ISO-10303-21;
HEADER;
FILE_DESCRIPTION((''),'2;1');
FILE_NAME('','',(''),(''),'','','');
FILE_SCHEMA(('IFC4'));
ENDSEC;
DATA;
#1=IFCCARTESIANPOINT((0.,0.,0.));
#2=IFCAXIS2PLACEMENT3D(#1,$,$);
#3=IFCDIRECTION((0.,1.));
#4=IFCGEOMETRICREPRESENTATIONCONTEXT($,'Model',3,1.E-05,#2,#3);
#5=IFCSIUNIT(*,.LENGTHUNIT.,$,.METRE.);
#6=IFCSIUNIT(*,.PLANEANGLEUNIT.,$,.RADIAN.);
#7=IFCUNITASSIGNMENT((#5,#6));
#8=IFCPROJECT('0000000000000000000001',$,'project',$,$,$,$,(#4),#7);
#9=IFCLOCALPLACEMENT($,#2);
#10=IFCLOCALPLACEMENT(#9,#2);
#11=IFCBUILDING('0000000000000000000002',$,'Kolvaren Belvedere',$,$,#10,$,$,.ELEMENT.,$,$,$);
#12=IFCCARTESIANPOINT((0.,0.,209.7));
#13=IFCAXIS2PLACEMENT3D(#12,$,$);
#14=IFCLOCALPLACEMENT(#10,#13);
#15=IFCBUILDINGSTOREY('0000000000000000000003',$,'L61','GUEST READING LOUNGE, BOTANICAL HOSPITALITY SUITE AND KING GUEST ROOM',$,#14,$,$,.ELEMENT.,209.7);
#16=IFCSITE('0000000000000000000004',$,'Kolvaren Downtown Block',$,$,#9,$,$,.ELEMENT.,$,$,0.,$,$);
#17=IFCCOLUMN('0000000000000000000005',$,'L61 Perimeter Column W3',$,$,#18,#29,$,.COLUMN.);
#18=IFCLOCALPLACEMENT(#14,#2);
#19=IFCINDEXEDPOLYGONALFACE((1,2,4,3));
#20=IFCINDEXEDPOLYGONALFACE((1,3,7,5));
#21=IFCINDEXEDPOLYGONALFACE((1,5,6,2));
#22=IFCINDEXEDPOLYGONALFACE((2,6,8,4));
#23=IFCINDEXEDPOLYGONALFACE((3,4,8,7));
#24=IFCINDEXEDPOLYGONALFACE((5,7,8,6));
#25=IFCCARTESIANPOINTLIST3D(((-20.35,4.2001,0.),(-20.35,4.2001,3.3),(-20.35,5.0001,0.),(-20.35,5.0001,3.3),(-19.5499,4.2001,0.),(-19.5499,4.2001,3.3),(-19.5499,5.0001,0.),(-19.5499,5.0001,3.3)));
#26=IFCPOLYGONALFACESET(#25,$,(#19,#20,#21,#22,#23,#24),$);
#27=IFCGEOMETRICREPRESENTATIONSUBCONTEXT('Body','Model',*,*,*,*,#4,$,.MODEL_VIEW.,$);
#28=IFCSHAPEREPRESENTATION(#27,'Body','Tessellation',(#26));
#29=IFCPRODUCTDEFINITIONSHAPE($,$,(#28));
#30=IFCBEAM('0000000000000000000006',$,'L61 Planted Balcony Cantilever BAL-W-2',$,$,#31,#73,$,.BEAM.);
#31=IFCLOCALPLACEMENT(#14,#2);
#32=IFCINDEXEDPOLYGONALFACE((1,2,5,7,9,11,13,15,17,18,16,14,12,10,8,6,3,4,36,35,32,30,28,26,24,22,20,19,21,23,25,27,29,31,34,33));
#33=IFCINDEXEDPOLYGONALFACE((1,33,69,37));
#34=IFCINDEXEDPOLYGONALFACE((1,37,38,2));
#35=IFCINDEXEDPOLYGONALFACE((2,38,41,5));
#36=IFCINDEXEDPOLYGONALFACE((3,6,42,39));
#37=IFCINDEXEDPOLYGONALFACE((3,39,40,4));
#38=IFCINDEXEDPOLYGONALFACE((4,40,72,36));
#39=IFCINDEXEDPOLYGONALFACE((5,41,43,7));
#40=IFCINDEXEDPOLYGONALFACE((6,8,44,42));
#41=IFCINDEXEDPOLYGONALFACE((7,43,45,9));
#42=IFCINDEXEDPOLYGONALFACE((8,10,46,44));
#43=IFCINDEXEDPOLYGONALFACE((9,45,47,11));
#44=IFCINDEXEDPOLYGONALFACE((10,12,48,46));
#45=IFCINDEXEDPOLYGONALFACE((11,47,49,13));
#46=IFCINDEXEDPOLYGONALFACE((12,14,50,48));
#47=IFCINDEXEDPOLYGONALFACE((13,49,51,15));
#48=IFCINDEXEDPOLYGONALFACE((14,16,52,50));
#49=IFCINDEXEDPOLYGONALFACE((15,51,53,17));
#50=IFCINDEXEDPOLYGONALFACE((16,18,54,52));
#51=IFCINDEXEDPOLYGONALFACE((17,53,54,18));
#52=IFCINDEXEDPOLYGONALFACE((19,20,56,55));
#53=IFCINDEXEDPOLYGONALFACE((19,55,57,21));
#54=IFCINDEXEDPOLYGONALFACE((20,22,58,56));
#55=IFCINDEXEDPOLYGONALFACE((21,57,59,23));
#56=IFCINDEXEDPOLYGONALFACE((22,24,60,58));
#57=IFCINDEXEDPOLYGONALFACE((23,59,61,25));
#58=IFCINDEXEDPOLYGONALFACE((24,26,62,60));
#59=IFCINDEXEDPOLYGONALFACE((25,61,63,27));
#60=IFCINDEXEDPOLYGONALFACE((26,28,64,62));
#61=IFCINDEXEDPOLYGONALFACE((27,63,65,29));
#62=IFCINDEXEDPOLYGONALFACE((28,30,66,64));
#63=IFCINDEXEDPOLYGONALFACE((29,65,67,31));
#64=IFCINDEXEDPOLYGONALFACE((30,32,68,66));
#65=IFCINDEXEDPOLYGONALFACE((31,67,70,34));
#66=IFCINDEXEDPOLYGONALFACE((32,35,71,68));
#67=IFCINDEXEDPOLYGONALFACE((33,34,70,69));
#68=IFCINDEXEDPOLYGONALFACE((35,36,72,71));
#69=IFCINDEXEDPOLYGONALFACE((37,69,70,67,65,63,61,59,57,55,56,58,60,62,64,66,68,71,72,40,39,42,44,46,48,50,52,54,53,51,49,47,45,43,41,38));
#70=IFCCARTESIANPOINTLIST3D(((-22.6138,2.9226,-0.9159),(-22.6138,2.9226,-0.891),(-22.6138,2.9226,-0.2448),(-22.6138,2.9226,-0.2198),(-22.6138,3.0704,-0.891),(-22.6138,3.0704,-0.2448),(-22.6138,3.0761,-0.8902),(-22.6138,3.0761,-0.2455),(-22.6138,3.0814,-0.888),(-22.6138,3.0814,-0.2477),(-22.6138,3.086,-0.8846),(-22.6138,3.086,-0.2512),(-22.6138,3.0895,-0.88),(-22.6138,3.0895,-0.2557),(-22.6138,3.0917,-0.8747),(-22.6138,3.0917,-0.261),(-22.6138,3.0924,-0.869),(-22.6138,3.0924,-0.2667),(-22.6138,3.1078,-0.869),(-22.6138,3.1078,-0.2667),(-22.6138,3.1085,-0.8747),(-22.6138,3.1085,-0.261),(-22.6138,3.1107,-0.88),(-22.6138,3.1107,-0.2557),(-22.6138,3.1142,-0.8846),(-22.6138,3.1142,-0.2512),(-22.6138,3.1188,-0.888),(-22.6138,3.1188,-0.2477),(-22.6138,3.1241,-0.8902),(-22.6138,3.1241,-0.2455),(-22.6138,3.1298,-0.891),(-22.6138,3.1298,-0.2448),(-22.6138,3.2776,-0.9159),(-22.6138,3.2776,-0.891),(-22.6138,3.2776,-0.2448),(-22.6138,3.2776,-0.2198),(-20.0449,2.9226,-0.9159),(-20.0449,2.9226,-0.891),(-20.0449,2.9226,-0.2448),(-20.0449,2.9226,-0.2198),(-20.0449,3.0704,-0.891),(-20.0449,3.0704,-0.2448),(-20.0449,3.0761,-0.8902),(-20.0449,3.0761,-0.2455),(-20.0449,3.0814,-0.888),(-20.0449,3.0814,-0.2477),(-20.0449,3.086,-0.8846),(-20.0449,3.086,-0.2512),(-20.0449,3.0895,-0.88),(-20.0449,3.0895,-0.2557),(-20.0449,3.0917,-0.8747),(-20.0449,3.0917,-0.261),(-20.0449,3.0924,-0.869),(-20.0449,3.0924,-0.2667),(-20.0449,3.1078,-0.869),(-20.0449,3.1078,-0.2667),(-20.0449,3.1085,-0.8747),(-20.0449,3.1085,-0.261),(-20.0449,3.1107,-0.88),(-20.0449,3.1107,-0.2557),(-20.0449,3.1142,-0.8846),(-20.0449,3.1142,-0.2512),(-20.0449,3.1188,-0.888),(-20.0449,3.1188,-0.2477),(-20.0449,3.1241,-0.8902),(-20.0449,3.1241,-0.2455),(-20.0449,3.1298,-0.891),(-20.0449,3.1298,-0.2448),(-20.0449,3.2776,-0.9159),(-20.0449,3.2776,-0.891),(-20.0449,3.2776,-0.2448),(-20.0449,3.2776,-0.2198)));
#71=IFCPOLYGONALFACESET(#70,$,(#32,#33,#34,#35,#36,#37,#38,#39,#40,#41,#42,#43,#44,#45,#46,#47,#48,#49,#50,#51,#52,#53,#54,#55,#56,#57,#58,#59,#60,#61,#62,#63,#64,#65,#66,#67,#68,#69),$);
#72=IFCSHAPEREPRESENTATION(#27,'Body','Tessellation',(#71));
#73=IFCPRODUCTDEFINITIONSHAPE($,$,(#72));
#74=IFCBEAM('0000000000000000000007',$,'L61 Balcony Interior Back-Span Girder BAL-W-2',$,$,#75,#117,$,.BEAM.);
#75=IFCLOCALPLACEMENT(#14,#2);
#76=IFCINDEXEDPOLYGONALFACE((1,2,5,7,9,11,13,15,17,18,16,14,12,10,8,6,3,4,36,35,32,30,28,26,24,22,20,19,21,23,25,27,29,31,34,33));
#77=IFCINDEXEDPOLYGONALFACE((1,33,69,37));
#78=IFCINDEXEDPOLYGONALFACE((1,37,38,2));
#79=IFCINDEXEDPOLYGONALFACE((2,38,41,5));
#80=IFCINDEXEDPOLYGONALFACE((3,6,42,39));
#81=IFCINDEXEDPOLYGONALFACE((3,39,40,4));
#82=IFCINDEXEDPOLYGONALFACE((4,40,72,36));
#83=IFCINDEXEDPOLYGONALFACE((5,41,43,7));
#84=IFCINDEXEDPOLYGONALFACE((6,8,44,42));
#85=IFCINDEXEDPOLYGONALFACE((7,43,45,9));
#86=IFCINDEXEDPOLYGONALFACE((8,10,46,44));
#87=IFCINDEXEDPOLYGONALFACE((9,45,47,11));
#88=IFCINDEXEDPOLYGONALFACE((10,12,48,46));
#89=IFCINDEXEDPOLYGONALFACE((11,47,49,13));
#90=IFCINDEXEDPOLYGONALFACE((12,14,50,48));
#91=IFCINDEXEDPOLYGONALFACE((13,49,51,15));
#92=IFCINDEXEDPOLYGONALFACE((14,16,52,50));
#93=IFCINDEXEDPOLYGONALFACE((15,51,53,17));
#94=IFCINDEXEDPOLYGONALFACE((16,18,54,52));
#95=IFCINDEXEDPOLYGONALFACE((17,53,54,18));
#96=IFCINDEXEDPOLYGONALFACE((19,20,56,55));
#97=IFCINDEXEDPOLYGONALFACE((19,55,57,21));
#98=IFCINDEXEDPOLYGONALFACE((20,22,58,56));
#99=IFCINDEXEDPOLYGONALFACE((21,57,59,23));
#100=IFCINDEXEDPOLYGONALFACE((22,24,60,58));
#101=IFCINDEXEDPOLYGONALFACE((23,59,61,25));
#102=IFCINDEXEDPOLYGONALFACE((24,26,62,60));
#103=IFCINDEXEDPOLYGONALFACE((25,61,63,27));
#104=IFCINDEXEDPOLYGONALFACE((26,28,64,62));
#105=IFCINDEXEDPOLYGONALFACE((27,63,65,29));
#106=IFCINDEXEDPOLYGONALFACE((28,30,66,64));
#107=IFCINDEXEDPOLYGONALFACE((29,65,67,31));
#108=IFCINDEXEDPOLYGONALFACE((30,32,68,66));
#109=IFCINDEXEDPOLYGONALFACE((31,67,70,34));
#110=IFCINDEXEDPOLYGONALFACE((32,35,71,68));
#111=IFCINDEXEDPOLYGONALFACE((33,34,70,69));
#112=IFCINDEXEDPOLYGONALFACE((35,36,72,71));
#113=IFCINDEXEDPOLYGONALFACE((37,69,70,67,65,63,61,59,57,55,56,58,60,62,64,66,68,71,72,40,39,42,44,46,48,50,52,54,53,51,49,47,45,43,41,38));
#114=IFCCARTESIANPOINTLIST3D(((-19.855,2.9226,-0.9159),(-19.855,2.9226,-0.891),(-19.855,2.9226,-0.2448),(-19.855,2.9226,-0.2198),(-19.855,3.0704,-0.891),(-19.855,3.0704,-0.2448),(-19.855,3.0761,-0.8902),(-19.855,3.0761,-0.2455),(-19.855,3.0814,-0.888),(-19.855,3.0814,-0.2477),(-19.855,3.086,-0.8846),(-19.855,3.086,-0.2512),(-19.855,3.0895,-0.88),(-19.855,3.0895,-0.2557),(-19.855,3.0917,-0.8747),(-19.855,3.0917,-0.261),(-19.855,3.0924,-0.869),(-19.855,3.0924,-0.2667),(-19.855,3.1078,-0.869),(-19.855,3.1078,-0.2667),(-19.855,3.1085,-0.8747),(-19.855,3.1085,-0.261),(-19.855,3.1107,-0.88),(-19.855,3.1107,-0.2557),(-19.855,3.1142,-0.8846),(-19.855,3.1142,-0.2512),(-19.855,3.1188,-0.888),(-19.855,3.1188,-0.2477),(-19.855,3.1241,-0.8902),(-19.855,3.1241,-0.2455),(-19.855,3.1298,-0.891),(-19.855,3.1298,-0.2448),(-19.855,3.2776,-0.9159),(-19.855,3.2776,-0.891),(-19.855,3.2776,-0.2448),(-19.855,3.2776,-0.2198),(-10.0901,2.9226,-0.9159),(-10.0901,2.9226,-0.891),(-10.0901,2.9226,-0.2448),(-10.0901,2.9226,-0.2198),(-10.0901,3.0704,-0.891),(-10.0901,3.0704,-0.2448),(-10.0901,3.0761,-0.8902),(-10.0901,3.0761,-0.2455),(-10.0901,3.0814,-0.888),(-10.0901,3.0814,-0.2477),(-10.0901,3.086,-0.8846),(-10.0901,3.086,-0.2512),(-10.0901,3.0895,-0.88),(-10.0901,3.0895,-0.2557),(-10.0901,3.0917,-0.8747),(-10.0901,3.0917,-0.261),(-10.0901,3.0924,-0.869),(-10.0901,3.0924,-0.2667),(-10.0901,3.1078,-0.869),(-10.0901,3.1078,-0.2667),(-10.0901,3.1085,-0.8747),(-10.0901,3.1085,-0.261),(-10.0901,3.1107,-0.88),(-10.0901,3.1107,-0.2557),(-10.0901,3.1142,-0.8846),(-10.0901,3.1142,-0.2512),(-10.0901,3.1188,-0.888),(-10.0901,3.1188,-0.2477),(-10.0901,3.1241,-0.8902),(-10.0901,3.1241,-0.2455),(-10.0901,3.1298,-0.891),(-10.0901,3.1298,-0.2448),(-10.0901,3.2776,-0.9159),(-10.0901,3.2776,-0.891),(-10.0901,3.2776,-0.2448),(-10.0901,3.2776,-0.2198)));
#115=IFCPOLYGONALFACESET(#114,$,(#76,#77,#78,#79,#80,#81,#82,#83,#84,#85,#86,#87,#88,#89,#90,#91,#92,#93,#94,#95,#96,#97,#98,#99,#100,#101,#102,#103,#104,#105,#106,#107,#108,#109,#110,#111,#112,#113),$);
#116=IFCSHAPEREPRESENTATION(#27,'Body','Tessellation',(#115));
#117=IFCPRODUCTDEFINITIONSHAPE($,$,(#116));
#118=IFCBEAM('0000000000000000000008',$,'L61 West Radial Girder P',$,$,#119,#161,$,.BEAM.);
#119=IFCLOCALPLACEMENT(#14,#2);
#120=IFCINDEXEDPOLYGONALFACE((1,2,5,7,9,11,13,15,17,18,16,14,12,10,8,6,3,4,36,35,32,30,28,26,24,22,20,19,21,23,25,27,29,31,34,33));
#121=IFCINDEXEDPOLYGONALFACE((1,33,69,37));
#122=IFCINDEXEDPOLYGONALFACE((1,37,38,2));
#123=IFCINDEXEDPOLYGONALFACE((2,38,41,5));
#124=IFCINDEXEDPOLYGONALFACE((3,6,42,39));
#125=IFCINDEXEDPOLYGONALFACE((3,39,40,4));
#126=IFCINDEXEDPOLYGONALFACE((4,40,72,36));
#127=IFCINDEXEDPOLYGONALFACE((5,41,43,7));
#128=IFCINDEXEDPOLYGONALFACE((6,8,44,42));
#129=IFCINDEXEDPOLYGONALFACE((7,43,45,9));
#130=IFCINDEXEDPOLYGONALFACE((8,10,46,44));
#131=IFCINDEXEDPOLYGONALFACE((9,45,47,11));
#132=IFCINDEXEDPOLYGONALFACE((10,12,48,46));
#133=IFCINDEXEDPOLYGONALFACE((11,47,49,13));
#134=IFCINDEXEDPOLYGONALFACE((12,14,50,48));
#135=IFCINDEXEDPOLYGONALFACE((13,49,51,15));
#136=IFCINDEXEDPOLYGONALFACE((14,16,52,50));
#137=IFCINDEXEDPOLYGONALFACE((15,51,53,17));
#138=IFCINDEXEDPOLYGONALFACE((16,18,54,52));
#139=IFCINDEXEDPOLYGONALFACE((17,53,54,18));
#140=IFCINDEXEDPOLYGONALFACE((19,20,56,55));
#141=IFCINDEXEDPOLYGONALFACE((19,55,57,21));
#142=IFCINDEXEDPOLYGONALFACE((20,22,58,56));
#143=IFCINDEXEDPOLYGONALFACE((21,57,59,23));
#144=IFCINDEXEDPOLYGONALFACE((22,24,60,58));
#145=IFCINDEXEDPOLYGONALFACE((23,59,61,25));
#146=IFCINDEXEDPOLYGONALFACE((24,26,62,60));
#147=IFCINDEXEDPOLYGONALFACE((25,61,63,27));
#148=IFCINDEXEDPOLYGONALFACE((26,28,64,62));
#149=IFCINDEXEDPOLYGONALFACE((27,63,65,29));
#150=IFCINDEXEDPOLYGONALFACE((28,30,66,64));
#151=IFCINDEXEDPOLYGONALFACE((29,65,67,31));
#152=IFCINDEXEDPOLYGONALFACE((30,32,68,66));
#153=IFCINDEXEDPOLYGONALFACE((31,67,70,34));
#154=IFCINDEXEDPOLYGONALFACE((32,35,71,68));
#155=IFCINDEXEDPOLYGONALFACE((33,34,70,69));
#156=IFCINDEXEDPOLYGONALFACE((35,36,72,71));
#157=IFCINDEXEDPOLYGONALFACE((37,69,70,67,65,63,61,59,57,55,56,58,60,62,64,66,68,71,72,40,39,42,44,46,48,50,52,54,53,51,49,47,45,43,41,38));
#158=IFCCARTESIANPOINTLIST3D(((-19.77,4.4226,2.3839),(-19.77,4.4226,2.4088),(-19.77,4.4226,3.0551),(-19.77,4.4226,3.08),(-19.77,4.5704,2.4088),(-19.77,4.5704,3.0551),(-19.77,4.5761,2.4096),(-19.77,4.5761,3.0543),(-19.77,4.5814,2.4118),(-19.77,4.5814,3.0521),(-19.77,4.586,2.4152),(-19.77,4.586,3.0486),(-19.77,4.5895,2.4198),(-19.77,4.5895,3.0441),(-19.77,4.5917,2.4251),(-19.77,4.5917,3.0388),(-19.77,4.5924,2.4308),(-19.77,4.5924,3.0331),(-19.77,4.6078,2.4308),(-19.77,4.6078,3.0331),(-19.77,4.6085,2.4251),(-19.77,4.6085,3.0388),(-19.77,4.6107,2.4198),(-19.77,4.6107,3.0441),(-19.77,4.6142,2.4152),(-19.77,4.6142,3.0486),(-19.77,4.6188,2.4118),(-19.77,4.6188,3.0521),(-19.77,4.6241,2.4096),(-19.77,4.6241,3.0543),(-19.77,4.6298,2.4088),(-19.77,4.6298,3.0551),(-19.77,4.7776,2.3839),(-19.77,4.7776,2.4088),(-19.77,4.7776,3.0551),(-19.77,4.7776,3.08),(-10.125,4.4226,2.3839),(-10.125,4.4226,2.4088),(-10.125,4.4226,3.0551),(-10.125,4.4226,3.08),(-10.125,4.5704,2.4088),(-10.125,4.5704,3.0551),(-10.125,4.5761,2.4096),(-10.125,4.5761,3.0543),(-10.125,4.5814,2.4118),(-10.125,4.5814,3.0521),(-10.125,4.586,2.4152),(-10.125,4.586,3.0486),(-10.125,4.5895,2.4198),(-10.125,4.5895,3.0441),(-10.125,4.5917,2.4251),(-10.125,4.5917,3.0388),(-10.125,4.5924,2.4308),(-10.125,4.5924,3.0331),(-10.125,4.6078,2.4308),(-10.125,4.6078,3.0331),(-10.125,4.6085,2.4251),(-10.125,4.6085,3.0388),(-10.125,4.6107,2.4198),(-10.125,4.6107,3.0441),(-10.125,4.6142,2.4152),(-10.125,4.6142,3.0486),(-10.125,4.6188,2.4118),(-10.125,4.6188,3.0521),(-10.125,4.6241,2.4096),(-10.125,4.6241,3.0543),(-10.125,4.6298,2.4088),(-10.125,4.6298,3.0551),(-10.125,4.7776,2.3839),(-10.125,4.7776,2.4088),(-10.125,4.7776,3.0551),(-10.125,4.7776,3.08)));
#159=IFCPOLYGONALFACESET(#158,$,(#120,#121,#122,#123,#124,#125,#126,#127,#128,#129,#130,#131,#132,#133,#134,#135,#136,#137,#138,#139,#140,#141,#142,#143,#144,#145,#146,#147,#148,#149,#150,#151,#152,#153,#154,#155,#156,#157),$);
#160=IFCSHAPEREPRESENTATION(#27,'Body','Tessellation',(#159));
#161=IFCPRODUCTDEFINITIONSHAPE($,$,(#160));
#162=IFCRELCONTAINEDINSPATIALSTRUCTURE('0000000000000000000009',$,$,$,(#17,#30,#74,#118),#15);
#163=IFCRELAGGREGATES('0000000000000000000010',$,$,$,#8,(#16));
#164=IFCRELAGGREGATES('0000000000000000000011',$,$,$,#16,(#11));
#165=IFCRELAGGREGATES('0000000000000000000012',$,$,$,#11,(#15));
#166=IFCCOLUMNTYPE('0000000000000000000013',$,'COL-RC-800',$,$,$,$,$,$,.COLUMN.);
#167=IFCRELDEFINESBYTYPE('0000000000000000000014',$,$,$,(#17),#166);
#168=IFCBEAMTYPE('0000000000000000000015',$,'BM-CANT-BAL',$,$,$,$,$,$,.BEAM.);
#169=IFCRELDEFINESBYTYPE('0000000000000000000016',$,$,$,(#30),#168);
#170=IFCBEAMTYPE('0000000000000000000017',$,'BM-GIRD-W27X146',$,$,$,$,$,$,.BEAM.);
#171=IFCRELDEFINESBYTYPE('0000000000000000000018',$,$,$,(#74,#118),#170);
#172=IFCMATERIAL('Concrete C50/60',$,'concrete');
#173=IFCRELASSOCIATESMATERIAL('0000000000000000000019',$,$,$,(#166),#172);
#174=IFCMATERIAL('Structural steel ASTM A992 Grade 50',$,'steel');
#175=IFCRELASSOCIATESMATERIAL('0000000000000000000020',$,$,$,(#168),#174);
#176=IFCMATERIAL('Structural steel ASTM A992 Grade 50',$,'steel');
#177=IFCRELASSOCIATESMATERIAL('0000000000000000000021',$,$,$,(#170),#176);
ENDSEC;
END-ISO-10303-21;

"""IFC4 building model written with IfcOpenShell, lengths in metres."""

from ifc_helpers import new_model, si_unit, direction, frame, origin, origin_2d, place, context, subcontext, project, spatial, rectangle, i_section, extrude, material, material_profile, profile_set, type_object, element, save


model = new_model("IFC4")

# Units and contexts
model_context = context("Model", 3, precision=1e-05, world=origin(), true_north=direction((0.0, 1.0)))
body_context = subcontext(model_context, "Body", "Model", "MODEL_VIEW")
ifc_project = project(units=[si_unit("LENGTHUNIT", "METRE"), si_unit("PLANEANGLEUNIT", "RADIAN")], contexts=[model_context])

# Site, building, storey
site_placement = place(None, origin())
site = spatial("IfcSite", under=ifc_project, at=site_placement, Name="Kolvaren Downtown Block", CompositionType="ELEMENT", RefElevation=0.0)
building_placement = place(site_placement, origin())
building = spatial("IfcBuilding", under=site, at=building_placement, Name="Kolvaren Belvedere", CompositionType="ELEMENT")
storey_placement = place(building_placement, frame((0.0, 0.0, 209.7)))
storey = spatial("IfcBuildingStorey", under=building, at=storey_placement, Name="L61", Description="GUEST READING LOUNGE, BOTANICAL HOSPITALITY SUITE AND KING GUEST ROOM", CompositionType="ELEMENT", Elevation=209.7)

# Column
ifc_material_1 = material(Name="Concrete C50/60", Category="concrete")
ifc_material_profile_1 = material_profile(ifc_material_1, rectangle(XDim=0.8, YDim=0.8, at=origin_2d()), Name="RC 800X800")
ifc_profile_set_1 = profile_set([ifc_material_profile_1], Name="Concrete C50/60")
column_type = type_object("IfcColumnType", Name="COL-RC-800", PredefinedType="COLUMN", material=ifc_profile_set_1)
column_placement = place(storey_placement, frame((-19.95, 4.6001, 0.0), z_axis=(0.0, 0.0, 1.0), x_axis=(1.0, 0.0, 0.0)))
element("IfcColumn", 1, at=column_placement, inside=storey, type_object=column_type, Name="L61 Perimeter Column W3", PredefinedType="COLUMN", context=body_context, shape_type="SweptSolid", body=[
    extrude(rectangle(XDim=0.8, YDim=0.8, at=origin_2d()), origin(), (0.0, 0.0, 1.0), 3.3),
])

# Beams
ifc_material_2 = material(Name="Structural steel ASTM A992 Grade 50", Category="steel")
ifc_material_profile_2 = material_profile(ifc_material_2, i_section(OverallWidth=0.355, OverallDepth=0.696, WebThickness=0.0154, FlangeThickness=0.0249, FilletRadius=0.022, at=origin_2d()), Name="W27X146")
ifc_profile_set_2 = profile_set([ifc_material_profile_2], Name="Structural steel ASTM A992 Grade 50")
beam_type_1 = type_object("IfcBeamType", Name="BM-CANT-BAL", PredefinedType="BEAM", material=ifc_profile_set_2)
beam_1_placement = place(storey_placement, frame((-20.0449, 3.1001, -0.5679), z_axis=(-1.0, 0.0, 0.0), x_axis=(0.0, -1.0, 0.0)))
element("IfcBeam", 2, at=beam_1_placement, inside=storey, type_object=beam_type_1, Name="L61 Planted Balcony Cantilever BAL-W-2", PredefinedType="BEAM", context=body_context, shape_type="SweptSolid", body=[
    extrude(i_section(OverallWidth=0.355, OverallDepth=0.696, WebThickness=0.0154, FlangeThickness=0.0249, FilletRadius=0.022, at=origin_2d()), origin(), (0.0, 0.0, 1.0), 2.5688),
])
ifc_material_3 = material(Name="Structural steel ASTM A992 Grade 50", Category="steel")
ifc_material_profile_3 = material_profile(ifc_material_3, i_section(OverallWidth=0.355, OverallDepth=0.696, WebThickness=0.0154, FlangeThickness=0.0249, FilletRadius=0.022, at=origin_2d()), Name="W27X146")
ifc_profile_set_3 = profile_set([ifc_material_profile_3], Name="Structural steel ASTM A992 Grade 50")
beam_type_2 = type_object("IfcBeamType", Name="BM-GIRD-W27X146", PredefinedType="BEAM", material=ifc_profile_set_3)
beam_2_placement = place(storey_placement, frame((-10.0901, 3.1001, -0.5679), z_axis=(-1.0, 0.0, 0.0), x_axis=(0.0, -1.0, 0.0)))
element("IfcBeam", 3, at=beam_2_placement, inside=storey, type_object=beam_type_2, Name="L61 Balcony Interior Back-Span Girder BAL-W-2", PredefinedType="BEAM", context=body_context, shape_type="SweptSolid", body=[
    extrude(i_section(OverallWidth=0.355, OverallDepth=0.696, WebThickness=0.0154, FlangeThickness=0.0249, FilletRadius=0.022, at=origin_2d()), origin(), (0.0, 0.0, 1.0), 9.7649),
])
beam_3_placement = place(storey_placement, frame((-10.125, 4.6001, 2.7319), z_axis=(-1.0, 0.0, 0.0), x_axis=(0.0, -1.0, 0.0)))
element("IfcBeam", 4, at=beam_3_placement, inside=storey, type_object=beam_type_2, Name="L61 West Radial Girder P", PredefinedType="BEAM", context=body_context, shape_type="SweptSolid", body=[
    extrude(i_section(OverallWidth=0.355, OverallDepth=0.696, WebThickness=0.0154, FlangeThickness=0.0249, FilletRadius=0.022, at=origin_2d()), origin(), (0.0, 0.0, 1.0), 9.645),
])

save(model, "model.ifc")
